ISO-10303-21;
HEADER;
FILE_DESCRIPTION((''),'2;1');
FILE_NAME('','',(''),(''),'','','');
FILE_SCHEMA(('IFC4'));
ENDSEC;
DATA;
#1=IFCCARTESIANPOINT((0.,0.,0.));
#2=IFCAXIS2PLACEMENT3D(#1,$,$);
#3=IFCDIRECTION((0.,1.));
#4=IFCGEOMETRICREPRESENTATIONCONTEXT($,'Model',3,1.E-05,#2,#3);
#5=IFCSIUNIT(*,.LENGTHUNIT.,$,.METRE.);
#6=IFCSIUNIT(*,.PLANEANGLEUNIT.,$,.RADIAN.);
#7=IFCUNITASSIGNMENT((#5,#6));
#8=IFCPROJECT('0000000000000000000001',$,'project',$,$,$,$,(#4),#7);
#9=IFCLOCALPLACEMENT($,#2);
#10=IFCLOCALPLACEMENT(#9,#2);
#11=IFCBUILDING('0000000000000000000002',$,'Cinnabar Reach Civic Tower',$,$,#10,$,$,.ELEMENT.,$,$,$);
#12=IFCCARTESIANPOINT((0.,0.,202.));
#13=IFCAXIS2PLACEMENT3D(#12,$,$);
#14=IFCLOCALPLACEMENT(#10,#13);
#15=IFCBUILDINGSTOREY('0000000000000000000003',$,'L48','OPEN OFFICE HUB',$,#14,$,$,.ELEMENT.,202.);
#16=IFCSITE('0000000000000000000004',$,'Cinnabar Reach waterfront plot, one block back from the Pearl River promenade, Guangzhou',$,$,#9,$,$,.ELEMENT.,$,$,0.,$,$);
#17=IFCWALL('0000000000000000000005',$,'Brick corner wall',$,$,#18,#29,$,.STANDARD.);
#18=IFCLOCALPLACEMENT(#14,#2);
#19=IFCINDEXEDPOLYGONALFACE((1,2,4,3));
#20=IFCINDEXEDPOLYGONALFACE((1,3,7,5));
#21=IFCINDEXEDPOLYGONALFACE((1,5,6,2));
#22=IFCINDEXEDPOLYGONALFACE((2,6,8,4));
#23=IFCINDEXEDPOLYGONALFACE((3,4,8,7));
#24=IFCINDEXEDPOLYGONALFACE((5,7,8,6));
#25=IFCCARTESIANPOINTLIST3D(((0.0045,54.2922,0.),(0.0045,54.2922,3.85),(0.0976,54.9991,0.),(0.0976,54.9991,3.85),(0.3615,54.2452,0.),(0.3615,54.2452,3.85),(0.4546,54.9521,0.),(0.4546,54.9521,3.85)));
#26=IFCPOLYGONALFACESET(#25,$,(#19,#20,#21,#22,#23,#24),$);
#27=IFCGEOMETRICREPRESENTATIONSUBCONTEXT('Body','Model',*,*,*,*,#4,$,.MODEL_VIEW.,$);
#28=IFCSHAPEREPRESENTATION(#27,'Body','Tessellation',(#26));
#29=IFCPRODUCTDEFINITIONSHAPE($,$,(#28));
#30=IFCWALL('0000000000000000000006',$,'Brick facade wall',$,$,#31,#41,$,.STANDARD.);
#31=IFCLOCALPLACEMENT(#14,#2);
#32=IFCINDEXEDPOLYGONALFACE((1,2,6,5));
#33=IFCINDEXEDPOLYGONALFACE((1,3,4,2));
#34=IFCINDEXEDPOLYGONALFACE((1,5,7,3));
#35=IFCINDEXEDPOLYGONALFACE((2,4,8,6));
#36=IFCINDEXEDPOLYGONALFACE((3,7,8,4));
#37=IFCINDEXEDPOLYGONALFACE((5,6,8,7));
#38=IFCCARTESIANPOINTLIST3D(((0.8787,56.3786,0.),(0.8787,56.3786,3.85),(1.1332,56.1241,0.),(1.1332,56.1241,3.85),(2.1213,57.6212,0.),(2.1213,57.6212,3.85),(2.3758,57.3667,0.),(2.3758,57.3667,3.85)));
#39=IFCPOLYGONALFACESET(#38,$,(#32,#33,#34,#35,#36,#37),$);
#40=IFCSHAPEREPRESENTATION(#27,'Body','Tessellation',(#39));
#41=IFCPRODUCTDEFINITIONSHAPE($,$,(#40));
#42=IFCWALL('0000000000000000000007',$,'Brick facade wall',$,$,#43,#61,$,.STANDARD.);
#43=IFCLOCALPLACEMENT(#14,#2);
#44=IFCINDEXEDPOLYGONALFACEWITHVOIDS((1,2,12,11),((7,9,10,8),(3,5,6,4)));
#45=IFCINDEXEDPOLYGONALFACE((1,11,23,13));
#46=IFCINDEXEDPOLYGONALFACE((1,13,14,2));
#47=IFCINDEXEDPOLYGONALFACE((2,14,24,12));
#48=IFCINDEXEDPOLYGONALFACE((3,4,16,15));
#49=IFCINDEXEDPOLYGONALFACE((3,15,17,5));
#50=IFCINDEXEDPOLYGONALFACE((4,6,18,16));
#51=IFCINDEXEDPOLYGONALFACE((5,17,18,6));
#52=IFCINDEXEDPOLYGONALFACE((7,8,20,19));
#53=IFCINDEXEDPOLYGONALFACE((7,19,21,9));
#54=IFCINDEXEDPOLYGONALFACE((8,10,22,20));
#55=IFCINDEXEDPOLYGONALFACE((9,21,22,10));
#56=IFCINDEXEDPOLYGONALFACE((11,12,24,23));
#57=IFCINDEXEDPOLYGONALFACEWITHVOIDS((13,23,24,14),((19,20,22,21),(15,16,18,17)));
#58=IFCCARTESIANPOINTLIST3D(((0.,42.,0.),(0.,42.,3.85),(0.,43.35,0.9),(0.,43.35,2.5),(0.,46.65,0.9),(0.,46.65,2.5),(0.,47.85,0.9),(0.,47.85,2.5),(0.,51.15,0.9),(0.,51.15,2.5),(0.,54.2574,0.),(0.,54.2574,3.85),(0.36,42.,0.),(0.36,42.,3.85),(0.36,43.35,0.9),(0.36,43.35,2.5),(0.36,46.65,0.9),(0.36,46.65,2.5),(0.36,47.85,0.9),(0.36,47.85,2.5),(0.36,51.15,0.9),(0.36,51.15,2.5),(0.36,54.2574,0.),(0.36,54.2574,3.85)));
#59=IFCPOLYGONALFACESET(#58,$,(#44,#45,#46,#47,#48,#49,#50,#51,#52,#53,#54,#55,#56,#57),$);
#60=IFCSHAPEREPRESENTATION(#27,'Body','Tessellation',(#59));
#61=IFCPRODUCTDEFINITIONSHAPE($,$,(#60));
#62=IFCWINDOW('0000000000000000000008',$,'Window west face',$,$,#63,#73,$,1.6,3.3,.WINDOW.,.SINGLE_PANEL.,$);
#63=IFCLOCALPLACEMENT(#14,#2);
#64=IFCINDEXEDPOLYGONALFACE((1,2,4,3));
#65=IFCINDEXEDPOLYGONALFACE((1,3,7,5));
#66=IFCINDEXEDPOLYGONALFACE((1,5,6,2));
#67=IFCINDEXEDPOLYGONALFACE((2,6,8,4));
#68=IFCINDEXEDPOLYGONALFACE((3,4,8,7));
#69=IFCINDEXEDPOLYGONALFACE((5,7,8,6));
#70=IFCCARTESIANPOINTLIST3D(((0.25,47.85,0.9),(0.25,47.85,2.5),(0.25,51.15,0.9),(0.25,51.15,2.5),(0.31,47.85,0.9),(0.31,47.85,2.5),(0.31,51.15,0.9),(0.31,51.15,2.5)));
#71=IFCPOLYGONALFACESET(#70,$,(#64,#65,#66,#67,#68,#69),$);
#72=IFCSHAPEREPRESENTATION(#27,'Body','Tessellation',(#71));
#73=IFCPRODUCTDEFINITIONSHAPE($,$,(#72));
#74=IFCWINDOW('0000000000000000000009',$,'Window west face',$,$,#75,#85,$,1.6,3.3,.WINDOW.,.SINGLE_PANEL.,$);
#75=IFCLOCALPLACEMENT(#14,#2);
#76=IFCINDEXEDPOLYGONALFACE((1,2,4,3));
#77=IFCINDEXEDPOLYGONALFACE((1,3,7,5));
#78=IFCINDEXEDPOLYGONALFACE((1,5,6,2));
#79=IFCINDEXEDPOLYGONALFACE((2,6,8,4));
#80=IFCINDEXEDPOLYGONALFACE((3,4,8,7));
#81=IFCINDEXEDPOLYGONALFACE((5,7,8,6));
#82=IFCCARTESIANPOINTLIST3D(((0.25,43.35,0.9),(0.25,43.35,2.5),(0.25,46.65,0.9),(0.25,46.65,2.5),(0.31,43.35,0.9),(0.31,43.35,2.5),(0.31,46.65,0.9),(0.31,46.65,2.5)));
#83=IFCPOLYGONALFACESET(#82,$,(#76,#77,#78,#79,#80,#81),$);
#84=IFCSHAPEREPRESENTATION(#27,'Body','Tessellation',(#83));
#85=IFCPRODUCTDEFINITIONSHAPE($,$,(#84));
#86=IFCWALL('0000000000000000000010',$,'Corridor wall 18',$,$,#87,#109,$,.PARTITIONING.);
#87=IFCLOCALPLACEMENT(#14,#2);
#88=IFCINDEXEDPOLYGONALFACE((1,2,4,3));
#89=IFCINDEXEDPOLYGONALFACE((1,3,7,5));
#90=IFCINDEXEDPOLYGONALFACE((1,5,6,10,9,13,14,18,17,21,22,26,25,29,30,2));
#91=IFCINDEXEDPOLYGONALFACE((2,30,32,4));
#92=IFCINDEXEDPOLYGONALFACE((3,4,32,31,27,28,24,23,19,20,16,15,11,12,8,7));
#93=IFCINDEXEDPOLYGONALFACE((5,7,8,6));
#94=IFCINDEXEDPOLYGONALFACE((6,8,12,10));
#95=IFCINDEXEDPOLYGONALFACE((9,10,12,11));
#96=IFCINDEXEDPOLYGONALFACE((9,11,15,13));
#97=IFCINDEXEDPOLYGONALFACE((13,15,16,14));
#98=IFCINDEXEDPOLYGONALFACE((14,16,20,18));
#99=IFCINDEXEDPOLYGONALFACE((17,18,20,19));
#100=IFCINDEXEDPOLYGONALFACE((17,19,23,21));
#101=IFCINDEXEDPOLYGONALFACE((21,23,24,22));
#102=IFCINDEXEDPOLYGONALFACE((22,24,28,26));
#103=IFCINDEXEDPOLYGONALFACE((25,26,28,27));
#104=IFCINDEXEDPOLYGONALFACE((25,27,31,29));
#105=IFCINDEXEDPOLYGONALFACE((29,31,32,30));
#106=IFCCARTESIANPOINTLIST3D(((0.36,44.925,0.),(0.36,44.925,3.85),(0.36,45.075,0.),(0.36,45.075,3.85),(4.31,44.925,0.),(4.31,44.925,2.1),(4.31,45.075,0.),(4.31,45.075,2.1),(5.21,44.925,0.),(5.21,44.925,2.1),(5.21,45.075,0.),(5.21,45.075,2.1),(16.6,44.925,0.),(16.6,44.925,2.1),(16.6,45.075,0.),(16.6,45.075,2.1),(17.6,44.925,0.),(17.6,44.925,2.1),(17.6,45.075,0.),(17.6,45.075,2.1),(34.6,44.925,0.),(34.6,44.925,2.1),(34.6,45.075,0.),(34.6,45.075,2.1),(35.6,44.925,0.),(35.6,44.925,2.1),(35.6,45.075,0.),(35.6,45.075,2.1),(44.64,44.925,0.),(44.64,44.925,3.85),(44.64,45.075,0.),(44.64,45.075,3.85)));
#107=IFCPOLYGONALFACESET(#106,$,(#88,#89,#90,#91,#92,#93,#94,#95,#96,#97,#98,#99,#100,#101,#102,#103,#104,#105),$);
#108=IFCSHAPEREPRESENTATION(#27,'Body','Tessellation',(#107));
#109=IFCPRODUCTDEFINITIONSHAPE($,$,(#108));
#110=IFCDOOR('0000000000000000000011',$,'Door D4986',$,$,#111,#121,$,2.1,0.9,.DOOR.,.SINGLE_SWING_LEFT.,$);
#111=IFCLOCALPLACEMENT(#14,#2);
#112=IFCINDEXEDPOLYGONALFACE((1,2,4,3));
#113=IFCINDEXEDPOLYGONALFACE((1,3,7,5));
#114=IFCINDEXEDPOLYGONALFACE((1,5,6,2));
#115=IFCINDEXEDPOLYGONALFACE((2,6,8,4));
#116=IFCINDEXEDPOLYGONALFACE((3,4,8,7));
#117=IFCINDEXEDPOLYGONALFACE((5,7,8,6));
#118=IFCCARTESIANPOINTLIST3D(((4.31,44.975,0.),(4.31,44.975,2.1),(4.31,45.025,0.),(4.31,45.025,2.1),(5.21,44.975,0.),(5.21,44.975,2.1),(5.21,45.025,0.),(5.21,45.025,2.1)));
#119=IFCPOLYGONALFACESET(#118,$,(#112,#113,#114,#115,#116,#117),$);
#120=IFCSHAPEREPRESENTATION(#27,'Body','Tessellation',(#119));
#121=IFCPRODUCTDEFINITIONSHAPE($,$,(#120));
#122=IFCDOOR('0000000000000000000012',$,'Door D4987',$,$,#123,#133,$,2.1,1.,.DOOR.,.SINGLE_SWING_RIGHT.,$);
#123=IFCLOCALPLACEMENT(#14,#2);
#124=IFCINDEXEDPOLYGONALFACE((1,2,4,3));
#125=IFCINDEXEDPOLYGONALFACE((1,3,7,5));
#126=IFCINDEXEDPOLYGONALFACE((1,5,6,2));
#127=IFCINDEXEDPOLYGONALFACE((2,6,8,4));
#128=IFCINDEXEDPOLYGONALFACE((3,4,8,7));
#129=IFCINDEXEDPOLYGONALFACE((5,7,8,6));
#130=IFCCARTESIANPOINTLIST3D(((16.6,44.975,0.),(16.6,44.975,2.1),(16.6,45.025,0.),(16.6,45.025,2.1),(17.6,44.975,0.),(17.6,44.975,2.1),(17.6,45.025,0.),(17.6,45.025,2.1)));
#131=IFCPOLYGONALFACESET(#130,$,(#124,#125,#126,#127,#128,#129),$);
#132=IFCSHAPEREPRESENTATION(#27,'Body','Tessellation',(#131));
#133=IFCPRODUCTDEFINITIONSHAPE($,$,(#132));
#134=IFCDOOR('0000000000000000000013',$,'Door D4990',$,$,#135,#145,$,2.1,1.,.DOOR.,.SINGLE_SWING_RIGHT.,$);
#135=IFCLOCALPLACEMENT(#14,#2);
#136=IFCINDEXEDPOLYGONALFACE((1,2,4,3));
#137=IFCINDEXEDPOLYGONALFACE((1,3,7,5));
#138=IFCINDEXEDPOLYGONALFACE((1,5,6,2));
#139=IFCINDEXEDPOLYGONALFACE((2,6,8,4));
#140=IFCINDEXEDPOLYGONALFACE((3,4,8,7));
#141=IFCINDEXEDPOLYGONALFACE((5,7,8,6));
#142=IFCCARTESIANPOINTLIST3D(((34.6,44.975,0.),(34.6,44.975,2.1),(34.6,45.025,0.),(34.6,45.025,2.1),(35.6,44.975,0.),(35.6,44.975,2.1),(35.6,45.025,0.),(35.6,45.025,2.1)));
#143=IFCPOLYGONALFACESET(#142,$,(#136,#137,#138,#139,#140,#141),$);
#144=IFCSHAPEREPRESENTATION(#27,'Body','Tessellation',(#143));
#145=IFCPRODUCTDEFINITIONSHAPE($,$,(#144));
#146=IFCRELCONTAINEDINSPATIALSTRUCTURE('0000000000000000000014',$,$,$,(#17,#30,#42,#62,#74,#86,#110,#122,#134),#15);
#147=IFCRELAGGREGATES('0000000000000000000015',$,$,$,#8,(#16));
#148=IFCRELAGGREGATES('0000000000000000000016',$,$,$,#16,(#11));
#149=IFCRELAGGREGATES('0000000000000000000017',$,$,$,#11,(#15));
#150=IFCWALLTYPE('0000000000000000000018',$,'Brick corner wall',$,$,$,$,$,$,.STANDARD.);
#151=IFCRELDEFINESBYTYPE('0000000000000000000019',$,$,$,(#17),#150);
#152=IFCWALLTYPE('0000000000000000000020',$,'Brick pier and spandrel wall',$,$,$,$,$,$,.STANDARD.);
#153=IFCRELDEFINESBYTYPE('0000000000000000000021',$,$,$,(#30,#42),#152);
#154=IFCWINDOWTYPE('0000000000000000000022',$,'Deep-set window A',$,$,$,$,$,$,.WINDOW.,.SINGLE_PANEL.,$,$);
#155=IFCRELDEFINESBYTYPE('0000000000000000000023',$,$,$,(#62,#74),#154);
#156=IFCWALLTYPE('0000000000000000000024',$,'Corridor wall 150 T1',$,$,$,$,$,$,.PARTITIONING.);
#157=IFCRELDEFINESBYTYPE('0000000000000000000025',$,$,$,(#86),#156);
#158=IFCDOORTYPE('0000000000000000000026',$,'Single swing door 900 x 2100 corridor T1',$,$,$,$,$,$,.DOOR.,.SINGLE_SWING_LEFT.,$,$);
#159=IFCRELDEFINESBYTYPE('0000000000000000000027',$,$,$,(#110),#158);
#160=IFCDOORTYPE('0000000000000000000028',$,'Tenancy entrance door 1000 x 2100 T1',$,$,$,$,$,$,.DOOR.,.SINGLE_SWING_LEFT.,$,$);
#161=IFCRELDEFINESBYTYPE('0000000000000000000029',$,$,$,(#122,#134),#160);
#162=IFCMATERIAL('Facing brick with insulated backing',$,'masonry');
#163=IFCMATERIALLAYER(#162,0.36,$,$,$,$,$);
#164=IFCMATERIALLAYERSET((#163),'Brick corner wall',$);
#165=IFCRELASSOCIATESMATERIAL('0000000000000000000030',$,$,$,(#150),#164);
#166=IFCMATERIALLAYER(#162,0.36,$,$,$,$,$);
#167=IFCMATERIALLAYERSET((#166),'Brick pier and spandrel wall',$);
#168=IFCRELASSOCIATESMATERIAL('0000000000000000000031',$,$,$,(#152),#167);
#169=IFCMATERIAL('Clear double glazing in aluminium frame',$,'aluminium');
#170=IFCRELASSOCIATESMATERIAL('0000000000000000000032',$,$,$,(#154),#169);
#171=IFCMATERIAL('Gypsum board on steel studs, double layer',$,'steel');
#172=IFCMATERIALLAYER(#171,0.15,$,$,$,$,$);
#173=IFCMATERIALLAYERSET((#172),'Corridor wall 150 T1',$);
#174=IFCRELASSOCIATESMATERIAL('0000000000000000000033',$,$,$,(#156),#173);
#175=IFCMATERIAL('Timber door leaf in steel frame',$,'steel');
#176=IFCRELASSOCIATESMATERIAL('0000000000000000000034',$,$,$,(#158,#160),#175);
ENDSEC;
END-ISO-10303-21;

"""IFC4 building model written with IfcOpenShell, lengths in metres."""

from ifc_helpers import new_model, si_unit, direction, frame, frame_2d, origin, place, context, subcontext, project, spatial, rectangle, extrude, material, layer, layer_set, type_object, element, fill, save


model = new_model("IFC4")

# Units and contexts
model_context = context("Model", 3, precision=1e-05, world=origin(), true_north=direction((0.0, 1.0)))
body_context = subcontext(model_context, "Body", "Model", "MODEL_VIEW")
ifc_project = project(units=[si_unit("LENGTHUNIT", "METRE"), si_unit("PLANEANGLEUNIT", "RADIAN")], contexts=[model_context])

# Site, building, storey
site_placement = place(None, origin())
site = spatial("IfcSite", under=ifc_project, at=site_placement, Name="Cinnabar Reach waterfront plot, one block back from the Pearl River promenade, Guangzhou", CompositionType="ELEMENT", RefElevation=0.0)
building_placement = place(site_placement, origin())
building = spatial("IfcBuilding", under=site, at=building_placement, Name="Cinnabar Reach Civic Tower", CompositionType="ELEMENT")
storey_placement = place(building_placement, frame((0.0, 0.0, 202.0)))
storey = spatial("IfcBuildingStorey", under=building, at=storey_placement, Name="L48", Description="OPEN OFFICE HUB", CompositionType="ELEMENT", Elevation=202.0)

# Walls
ifc_material_1 = material(Name="Facing brick with insulated backing", Category="masonry")
ifc_layer_1 = layer(ifc_material_1, 0.36)
ifc_layer_set_1 = layer_set([ifc_layer_1], Name="Brick corner wall")
wall_type_1 = type_object("IfcWallType", Name="Brick corner wall", PredefinedType="STANDARD", material=ifc_layer_set_1)
for number, where, z_axis, x_axis, name in (
    (1, (0.2761, 54.9756, 0.0), (0.0, 0.0, 1.0), (-0.130556, -0.991441, 0.0), "Brick corner wall"),
):
    element("IfcWall", number, at=place(storey_placement, frame(where, z_axis=z_axis, x_axis=x_axis)), inside=storey, type_object=wall_type_1, Name=name, PredefinedType="STANDARD", context=body_context, shape_type="SweptSolid", body=[
        extrude(rectangle(XDim=0.7131, YDim=0.36, at=frame_2d((0.3565, 0.0))), origin(), (0.0, 0.0, 1.0), 3.85),
    ])
ifc_layer_2 = layer(ifc_material_1, 0.36)
ifc_layer_set_2 = layer_set([ifc_layer_2], Name="Brick pier and spandrel wall")
wall_type_2 = type_object("IfcWallType", Name="Brick pier and spandrel wall", PredefinedType="STANDARD", material=ifc_layer_set_2)
wall_1_placement = place(storey_placement, frame((2.2486, 57.494, 0.0), z_axis=(0.0, 0.0, 1.0), x_axis=(-0.707107, -0.707107, 0.0)))
element("IfcWall", 2, at=wall_1_placement, inside=storey, type_object=wall_type_2, Name="Brick facade wall", PredefinedType="STANDARD", context=body_context, shape_type="SweptSolid", body=[
    extrude(rectangle(XDim=1.7573, YDim=0.36, at=frame_2d((0.8787, 0.0))), origin(), (0.0, 0.0, 1.0), 3.85),
])

# Wall, openings, windows
wall_2_placement = place(storey_placement, frame((0.18, 54.2574, 0.0), z_axis=(0.0, 0.0, 1.0), x_axis=(0.0, -1.0, 0.0)))
wall_2 = element("IfcWall", 3, at=wall_2_placement, inside=storey, type_object=wall_type_2, Name="Brick facade wall", PredefinedType="STANDARD", context=body_context, shape_type="SweptSolid", body=[
    extrude(rectangle(XDim=12.2574, YDim=0.36, at=frame_2d((6.1287, 0.0))), origin(), (0.0, 0.0, 1.0), 3.85),
])
opening_1_placement = place(wall_2_placement, frame((3.1074, 0.0, 0.9)))
opening_1 = element("IfcOpeningElement", 4, at=opening_1_placement, cuts=wall_2, PredefinedType="OPENING", context=body_context, shape_type="SweptSolid", body=[
    extrude(rectangle(XDim=3.3, YDim=1.6, at=frame_2d((1.65, 0.8))), frame((0.0, 0.19, 0.0), z_axis=(0.0, -1.0, 0.0), x_axis=(1.0, 0.0, 0.0)), (0.0, 0.0, 1.0), 0.38),
])
opening_2_placement = place(wall_2_placement, frame((7.6074, 0.0, 0.9)))
opening_2 = element("IfcOpeningElement", 5, at=opening_2_placement, cuts=wall_2, PredefinedType="OPENING", context=body_context, shape_type="SweptSolid", body=[
    extrude(rectangle(XDim=3.3, YDim=1.6, at=frame_2d((1.65, 0.8))), frame((0.0, 0.19, 0.0), z_axis=(0.0, -1.0, 0.0), x_axis=(1.0, 0.0, 0.0)), (0.0, 0.0, 1.0), 0.38),
])
ifc_material_2 = material(Name="Clear double glazing in aluminium frame", Category="aluminium")
window_type = type_object("IfcWindowType", Name="Deep-set window A", PartitioningType="SINGLE_PANEL", PredefinedType="WINDOW", material=ifc_material_2)
window_1_placement = place(opening_1_placement, origin())
window_1 = element("IfcWindow", 6, at=window_1_placement, inside=storey, type_object=window_type, Name="Window west face", OverallHeight=1.6, OverallWidth=3.3, PartitioningType="SINGLE_PANEL", PredefinedType="WINDOW", context=body_context, shape_type="SweptSolid", body=[
    extrude(rectangle(XDim=3.3, YDim=1.6, at=frame_2d((1.65, 0.8))), frame((0.0, 0.13, 0.0), z_axis=(0.0, -1.0, 0.0), x_axis=(1.0, 0.0, 0.0)), (0.0, 0.0, 1.0), 0.06),
])
fill(opening_1, window_1)
window_2_placement = place(opening_2_placement, origin())
window_2 = element("IfcWindow", 7, at=window_2_placement, inside=storey, type_object=window_type, Name="Window west face", OverallHeight=1.6, OverallWidth=3.3, PartitioningType="SINGLE_PANEL", PredefinedType="WINDOW", context=body_context, shape_type="SweptSolid", body=[
    extrude(rectangle(XDim=3.3, YDim=1.6, at=frame_2d((1.65, 0.8))), frame((0.0, 0.13, 0.0), z_axis=(0.0, -1.0, 0.0), x_axis=(1.0, 0.0, 0.0)), (0.0, 0.0, 1.0), 0.06),
])
fill(opening_2, window_2)

# Wall, openings, doors
ifc_material_3 = material(Name="Gypsum board on steel studs, double layer", Category="steel")
ifc_layer_3 = layer(ifc_material_3, 0.15)
ifc_layer_set_3 = layer_set([ifc_layer_3], Name="Corridor wall 150 T1")
wall_type_3 = type_object("IfcWallType", Name="Corridor wall 150 T1", PredefinedType="PARTITIONING", material=ifc_layer_set_3)
wall_3_placement = place(storey_placement, frame((0.36, 45.0, 0.0), z_axis=(0.0, 0.0, 1.0), x_axis=(1.0, 0.0, 0.0)))
wall_3 = element("IfcWall", 8, at=wall_3_placement, inside=storey, type_object=wall_type_3, Name="Corridor wall 18", PredefinedType="PARTITIONING", context=body_context, shape_type="SweptSolid", body=[
    extrude(rectangle(XDim=44.28, YDim=0.15, at=frame_2d((22.14, 0.0))), origin(), (0.0, 0.0, 1.0), 3.85),
])
opening_3_placement = place(wall_3_placement, frame((3.95, 0.0, 0.0)))
opening_3 = element("IfcOpeningElement", 9, at=opening_3_placement, cuts=wall_3, PredefinedType="OPENING", context=body_context, shape_type="SweptSolid", body=[
    extrude(rectangle(XDim=0.9, YDim=2.1, at=frame_2d((0.45, 1.05))), frame((0.0, 0.085, 0.0), z_axis=(0.0, -1.0, 0.0), x_axis=(1.0, 0.0, 0.0)), (0.0, 0.0, 1.0), 0.17),
])
opening_4_placement = place(wall_3_placement, frame((16.24, 0.0, 0.0)))
opening_4 = element("IfcOpeningElement", 10, at=opening_4_placement, cuts=wall_3, PredefinedType="OPENING", context=body_context, shape_type="SweptSolid", body=[
    extrude(rectangle(XDim=1.0, YDim=2.1, at=frame_2d((0.5, 1.05))), frame((0.0, 0.085, 0.0), z_axis=(0.0, -1.0, 0.0), x_axis=(1.0, 0.0, 0.0)), (0.0, 0.0, 1.0), 0.17),
])
opening_5_placement = place(wall_3_placement, frame((34.24, 0.0, 0.0)))
opening_5 = element("IfcOpeningElement", 11, at=opening_5_placement, cuts=wall_3, PredefinedType="OPENING", context=body_context, shape_type="SweptSolid", body=[
    extrude(rectangle(XDim=1.0, YDim=2.1, at=frame_2d((0.5, 1.05))), frame((0.0, 0.085, 0.0), z_axis=(0.0, -1.0, 0.0), x_axis=(1.0, 0.0, 0.0)), (0.0, 0.0, 1.0), 0.17),
])
ifc_material_4 = material(Name="Timber door leaf in steel frame", Category="steel")
door_type_1 = type_object("IfcDoorType", Name="Single swing door 900 x 2100 corridor T1", OperationType="SINGLE_SWING_LEFT", PredefinedType="DOOR", material=ifc_material_4)
door_1_placement = place(opening_3_placement, origin())
door_1 = element("IfcDoor", 12, at=door_1_placement, inside=storey, type_object=door_type_1, Name="Door D4986", OperationType="SINGLE_SWING_LEFT", OverallHeight=2.1, OverallWidth=0.9, PredefinedType="DOOR", context=body_context, shape_type="SweptSolid", body=[
    extrude(rectangle(XDim=0.9, YDim=2.1, at=frame_2d((0.45, 1.05))), frame((0.0, 0.025, 0.0), z_axis=(0.0, -1.0, 0.0), x_axis=(1.0, 0.0, 0.0)), (0.0, 0.0, 1.0), 0.05),
])
fill(opening_3, door_1)
door_type_2 = type_object("IfcDoorType", Name="Tenancy entrance door 1000 x 2100 T1", OperationType="SINGLE_SWING_LEFT", PredefinedType="DOOR", material=ifc_material_4)
door_2_placement = place(opening_4_placement, origin())
door_2 = element("IfcDoor", 13, at=door_2_placement, inside=storey, type_object=door_type_2, Name="Door D4987", OperationType="SINGLE_SWING_RIGHT", OverallHeight=2.1, OverallWidth=1.0, PredefinedType="DOOR", context=body_context, shape_type="SweptSolid", body=[
    extrude(rectangle(XDim=1.0, YDim=2.1, at=frame_2d((0.5, 1.05))), frame((0.0, 0.025, 0.0), z_axis=(0.0, -1.0, 0.0), x_axis=(1.0, 0.0, 0.0)), (0.0, 0.0, 1.0), 0.05),
])
fill(opening_4, door_2)
door_3_placement = place(opening_5_placement, origin())
door_3 = element("IfcDoor", 14, at=door_3_placement, inside=storey, type_object=door_type_2, Name="Door D4990", OperationType="SINGLE_SWING_RIGHT", OverallHeight=2.1, OverallWidth=1.0, PredefinedType="DOOR", context=body_context, shape_type="SweptSolid", body=[
    extrude(rectangle(XDim=1.0, YDim=2.1, at=frame_2d((0.5, 1.05))), frame((0.0, 0.025, 0.0), z_axis=(0.0, -1.0, 0.0), x_axis=(1.0, 0.0, 0.0)), (0.0, 0.0, 1.0), 0.05),
])
fill(opening_5, door_3)

save(model, "model.ifc")
